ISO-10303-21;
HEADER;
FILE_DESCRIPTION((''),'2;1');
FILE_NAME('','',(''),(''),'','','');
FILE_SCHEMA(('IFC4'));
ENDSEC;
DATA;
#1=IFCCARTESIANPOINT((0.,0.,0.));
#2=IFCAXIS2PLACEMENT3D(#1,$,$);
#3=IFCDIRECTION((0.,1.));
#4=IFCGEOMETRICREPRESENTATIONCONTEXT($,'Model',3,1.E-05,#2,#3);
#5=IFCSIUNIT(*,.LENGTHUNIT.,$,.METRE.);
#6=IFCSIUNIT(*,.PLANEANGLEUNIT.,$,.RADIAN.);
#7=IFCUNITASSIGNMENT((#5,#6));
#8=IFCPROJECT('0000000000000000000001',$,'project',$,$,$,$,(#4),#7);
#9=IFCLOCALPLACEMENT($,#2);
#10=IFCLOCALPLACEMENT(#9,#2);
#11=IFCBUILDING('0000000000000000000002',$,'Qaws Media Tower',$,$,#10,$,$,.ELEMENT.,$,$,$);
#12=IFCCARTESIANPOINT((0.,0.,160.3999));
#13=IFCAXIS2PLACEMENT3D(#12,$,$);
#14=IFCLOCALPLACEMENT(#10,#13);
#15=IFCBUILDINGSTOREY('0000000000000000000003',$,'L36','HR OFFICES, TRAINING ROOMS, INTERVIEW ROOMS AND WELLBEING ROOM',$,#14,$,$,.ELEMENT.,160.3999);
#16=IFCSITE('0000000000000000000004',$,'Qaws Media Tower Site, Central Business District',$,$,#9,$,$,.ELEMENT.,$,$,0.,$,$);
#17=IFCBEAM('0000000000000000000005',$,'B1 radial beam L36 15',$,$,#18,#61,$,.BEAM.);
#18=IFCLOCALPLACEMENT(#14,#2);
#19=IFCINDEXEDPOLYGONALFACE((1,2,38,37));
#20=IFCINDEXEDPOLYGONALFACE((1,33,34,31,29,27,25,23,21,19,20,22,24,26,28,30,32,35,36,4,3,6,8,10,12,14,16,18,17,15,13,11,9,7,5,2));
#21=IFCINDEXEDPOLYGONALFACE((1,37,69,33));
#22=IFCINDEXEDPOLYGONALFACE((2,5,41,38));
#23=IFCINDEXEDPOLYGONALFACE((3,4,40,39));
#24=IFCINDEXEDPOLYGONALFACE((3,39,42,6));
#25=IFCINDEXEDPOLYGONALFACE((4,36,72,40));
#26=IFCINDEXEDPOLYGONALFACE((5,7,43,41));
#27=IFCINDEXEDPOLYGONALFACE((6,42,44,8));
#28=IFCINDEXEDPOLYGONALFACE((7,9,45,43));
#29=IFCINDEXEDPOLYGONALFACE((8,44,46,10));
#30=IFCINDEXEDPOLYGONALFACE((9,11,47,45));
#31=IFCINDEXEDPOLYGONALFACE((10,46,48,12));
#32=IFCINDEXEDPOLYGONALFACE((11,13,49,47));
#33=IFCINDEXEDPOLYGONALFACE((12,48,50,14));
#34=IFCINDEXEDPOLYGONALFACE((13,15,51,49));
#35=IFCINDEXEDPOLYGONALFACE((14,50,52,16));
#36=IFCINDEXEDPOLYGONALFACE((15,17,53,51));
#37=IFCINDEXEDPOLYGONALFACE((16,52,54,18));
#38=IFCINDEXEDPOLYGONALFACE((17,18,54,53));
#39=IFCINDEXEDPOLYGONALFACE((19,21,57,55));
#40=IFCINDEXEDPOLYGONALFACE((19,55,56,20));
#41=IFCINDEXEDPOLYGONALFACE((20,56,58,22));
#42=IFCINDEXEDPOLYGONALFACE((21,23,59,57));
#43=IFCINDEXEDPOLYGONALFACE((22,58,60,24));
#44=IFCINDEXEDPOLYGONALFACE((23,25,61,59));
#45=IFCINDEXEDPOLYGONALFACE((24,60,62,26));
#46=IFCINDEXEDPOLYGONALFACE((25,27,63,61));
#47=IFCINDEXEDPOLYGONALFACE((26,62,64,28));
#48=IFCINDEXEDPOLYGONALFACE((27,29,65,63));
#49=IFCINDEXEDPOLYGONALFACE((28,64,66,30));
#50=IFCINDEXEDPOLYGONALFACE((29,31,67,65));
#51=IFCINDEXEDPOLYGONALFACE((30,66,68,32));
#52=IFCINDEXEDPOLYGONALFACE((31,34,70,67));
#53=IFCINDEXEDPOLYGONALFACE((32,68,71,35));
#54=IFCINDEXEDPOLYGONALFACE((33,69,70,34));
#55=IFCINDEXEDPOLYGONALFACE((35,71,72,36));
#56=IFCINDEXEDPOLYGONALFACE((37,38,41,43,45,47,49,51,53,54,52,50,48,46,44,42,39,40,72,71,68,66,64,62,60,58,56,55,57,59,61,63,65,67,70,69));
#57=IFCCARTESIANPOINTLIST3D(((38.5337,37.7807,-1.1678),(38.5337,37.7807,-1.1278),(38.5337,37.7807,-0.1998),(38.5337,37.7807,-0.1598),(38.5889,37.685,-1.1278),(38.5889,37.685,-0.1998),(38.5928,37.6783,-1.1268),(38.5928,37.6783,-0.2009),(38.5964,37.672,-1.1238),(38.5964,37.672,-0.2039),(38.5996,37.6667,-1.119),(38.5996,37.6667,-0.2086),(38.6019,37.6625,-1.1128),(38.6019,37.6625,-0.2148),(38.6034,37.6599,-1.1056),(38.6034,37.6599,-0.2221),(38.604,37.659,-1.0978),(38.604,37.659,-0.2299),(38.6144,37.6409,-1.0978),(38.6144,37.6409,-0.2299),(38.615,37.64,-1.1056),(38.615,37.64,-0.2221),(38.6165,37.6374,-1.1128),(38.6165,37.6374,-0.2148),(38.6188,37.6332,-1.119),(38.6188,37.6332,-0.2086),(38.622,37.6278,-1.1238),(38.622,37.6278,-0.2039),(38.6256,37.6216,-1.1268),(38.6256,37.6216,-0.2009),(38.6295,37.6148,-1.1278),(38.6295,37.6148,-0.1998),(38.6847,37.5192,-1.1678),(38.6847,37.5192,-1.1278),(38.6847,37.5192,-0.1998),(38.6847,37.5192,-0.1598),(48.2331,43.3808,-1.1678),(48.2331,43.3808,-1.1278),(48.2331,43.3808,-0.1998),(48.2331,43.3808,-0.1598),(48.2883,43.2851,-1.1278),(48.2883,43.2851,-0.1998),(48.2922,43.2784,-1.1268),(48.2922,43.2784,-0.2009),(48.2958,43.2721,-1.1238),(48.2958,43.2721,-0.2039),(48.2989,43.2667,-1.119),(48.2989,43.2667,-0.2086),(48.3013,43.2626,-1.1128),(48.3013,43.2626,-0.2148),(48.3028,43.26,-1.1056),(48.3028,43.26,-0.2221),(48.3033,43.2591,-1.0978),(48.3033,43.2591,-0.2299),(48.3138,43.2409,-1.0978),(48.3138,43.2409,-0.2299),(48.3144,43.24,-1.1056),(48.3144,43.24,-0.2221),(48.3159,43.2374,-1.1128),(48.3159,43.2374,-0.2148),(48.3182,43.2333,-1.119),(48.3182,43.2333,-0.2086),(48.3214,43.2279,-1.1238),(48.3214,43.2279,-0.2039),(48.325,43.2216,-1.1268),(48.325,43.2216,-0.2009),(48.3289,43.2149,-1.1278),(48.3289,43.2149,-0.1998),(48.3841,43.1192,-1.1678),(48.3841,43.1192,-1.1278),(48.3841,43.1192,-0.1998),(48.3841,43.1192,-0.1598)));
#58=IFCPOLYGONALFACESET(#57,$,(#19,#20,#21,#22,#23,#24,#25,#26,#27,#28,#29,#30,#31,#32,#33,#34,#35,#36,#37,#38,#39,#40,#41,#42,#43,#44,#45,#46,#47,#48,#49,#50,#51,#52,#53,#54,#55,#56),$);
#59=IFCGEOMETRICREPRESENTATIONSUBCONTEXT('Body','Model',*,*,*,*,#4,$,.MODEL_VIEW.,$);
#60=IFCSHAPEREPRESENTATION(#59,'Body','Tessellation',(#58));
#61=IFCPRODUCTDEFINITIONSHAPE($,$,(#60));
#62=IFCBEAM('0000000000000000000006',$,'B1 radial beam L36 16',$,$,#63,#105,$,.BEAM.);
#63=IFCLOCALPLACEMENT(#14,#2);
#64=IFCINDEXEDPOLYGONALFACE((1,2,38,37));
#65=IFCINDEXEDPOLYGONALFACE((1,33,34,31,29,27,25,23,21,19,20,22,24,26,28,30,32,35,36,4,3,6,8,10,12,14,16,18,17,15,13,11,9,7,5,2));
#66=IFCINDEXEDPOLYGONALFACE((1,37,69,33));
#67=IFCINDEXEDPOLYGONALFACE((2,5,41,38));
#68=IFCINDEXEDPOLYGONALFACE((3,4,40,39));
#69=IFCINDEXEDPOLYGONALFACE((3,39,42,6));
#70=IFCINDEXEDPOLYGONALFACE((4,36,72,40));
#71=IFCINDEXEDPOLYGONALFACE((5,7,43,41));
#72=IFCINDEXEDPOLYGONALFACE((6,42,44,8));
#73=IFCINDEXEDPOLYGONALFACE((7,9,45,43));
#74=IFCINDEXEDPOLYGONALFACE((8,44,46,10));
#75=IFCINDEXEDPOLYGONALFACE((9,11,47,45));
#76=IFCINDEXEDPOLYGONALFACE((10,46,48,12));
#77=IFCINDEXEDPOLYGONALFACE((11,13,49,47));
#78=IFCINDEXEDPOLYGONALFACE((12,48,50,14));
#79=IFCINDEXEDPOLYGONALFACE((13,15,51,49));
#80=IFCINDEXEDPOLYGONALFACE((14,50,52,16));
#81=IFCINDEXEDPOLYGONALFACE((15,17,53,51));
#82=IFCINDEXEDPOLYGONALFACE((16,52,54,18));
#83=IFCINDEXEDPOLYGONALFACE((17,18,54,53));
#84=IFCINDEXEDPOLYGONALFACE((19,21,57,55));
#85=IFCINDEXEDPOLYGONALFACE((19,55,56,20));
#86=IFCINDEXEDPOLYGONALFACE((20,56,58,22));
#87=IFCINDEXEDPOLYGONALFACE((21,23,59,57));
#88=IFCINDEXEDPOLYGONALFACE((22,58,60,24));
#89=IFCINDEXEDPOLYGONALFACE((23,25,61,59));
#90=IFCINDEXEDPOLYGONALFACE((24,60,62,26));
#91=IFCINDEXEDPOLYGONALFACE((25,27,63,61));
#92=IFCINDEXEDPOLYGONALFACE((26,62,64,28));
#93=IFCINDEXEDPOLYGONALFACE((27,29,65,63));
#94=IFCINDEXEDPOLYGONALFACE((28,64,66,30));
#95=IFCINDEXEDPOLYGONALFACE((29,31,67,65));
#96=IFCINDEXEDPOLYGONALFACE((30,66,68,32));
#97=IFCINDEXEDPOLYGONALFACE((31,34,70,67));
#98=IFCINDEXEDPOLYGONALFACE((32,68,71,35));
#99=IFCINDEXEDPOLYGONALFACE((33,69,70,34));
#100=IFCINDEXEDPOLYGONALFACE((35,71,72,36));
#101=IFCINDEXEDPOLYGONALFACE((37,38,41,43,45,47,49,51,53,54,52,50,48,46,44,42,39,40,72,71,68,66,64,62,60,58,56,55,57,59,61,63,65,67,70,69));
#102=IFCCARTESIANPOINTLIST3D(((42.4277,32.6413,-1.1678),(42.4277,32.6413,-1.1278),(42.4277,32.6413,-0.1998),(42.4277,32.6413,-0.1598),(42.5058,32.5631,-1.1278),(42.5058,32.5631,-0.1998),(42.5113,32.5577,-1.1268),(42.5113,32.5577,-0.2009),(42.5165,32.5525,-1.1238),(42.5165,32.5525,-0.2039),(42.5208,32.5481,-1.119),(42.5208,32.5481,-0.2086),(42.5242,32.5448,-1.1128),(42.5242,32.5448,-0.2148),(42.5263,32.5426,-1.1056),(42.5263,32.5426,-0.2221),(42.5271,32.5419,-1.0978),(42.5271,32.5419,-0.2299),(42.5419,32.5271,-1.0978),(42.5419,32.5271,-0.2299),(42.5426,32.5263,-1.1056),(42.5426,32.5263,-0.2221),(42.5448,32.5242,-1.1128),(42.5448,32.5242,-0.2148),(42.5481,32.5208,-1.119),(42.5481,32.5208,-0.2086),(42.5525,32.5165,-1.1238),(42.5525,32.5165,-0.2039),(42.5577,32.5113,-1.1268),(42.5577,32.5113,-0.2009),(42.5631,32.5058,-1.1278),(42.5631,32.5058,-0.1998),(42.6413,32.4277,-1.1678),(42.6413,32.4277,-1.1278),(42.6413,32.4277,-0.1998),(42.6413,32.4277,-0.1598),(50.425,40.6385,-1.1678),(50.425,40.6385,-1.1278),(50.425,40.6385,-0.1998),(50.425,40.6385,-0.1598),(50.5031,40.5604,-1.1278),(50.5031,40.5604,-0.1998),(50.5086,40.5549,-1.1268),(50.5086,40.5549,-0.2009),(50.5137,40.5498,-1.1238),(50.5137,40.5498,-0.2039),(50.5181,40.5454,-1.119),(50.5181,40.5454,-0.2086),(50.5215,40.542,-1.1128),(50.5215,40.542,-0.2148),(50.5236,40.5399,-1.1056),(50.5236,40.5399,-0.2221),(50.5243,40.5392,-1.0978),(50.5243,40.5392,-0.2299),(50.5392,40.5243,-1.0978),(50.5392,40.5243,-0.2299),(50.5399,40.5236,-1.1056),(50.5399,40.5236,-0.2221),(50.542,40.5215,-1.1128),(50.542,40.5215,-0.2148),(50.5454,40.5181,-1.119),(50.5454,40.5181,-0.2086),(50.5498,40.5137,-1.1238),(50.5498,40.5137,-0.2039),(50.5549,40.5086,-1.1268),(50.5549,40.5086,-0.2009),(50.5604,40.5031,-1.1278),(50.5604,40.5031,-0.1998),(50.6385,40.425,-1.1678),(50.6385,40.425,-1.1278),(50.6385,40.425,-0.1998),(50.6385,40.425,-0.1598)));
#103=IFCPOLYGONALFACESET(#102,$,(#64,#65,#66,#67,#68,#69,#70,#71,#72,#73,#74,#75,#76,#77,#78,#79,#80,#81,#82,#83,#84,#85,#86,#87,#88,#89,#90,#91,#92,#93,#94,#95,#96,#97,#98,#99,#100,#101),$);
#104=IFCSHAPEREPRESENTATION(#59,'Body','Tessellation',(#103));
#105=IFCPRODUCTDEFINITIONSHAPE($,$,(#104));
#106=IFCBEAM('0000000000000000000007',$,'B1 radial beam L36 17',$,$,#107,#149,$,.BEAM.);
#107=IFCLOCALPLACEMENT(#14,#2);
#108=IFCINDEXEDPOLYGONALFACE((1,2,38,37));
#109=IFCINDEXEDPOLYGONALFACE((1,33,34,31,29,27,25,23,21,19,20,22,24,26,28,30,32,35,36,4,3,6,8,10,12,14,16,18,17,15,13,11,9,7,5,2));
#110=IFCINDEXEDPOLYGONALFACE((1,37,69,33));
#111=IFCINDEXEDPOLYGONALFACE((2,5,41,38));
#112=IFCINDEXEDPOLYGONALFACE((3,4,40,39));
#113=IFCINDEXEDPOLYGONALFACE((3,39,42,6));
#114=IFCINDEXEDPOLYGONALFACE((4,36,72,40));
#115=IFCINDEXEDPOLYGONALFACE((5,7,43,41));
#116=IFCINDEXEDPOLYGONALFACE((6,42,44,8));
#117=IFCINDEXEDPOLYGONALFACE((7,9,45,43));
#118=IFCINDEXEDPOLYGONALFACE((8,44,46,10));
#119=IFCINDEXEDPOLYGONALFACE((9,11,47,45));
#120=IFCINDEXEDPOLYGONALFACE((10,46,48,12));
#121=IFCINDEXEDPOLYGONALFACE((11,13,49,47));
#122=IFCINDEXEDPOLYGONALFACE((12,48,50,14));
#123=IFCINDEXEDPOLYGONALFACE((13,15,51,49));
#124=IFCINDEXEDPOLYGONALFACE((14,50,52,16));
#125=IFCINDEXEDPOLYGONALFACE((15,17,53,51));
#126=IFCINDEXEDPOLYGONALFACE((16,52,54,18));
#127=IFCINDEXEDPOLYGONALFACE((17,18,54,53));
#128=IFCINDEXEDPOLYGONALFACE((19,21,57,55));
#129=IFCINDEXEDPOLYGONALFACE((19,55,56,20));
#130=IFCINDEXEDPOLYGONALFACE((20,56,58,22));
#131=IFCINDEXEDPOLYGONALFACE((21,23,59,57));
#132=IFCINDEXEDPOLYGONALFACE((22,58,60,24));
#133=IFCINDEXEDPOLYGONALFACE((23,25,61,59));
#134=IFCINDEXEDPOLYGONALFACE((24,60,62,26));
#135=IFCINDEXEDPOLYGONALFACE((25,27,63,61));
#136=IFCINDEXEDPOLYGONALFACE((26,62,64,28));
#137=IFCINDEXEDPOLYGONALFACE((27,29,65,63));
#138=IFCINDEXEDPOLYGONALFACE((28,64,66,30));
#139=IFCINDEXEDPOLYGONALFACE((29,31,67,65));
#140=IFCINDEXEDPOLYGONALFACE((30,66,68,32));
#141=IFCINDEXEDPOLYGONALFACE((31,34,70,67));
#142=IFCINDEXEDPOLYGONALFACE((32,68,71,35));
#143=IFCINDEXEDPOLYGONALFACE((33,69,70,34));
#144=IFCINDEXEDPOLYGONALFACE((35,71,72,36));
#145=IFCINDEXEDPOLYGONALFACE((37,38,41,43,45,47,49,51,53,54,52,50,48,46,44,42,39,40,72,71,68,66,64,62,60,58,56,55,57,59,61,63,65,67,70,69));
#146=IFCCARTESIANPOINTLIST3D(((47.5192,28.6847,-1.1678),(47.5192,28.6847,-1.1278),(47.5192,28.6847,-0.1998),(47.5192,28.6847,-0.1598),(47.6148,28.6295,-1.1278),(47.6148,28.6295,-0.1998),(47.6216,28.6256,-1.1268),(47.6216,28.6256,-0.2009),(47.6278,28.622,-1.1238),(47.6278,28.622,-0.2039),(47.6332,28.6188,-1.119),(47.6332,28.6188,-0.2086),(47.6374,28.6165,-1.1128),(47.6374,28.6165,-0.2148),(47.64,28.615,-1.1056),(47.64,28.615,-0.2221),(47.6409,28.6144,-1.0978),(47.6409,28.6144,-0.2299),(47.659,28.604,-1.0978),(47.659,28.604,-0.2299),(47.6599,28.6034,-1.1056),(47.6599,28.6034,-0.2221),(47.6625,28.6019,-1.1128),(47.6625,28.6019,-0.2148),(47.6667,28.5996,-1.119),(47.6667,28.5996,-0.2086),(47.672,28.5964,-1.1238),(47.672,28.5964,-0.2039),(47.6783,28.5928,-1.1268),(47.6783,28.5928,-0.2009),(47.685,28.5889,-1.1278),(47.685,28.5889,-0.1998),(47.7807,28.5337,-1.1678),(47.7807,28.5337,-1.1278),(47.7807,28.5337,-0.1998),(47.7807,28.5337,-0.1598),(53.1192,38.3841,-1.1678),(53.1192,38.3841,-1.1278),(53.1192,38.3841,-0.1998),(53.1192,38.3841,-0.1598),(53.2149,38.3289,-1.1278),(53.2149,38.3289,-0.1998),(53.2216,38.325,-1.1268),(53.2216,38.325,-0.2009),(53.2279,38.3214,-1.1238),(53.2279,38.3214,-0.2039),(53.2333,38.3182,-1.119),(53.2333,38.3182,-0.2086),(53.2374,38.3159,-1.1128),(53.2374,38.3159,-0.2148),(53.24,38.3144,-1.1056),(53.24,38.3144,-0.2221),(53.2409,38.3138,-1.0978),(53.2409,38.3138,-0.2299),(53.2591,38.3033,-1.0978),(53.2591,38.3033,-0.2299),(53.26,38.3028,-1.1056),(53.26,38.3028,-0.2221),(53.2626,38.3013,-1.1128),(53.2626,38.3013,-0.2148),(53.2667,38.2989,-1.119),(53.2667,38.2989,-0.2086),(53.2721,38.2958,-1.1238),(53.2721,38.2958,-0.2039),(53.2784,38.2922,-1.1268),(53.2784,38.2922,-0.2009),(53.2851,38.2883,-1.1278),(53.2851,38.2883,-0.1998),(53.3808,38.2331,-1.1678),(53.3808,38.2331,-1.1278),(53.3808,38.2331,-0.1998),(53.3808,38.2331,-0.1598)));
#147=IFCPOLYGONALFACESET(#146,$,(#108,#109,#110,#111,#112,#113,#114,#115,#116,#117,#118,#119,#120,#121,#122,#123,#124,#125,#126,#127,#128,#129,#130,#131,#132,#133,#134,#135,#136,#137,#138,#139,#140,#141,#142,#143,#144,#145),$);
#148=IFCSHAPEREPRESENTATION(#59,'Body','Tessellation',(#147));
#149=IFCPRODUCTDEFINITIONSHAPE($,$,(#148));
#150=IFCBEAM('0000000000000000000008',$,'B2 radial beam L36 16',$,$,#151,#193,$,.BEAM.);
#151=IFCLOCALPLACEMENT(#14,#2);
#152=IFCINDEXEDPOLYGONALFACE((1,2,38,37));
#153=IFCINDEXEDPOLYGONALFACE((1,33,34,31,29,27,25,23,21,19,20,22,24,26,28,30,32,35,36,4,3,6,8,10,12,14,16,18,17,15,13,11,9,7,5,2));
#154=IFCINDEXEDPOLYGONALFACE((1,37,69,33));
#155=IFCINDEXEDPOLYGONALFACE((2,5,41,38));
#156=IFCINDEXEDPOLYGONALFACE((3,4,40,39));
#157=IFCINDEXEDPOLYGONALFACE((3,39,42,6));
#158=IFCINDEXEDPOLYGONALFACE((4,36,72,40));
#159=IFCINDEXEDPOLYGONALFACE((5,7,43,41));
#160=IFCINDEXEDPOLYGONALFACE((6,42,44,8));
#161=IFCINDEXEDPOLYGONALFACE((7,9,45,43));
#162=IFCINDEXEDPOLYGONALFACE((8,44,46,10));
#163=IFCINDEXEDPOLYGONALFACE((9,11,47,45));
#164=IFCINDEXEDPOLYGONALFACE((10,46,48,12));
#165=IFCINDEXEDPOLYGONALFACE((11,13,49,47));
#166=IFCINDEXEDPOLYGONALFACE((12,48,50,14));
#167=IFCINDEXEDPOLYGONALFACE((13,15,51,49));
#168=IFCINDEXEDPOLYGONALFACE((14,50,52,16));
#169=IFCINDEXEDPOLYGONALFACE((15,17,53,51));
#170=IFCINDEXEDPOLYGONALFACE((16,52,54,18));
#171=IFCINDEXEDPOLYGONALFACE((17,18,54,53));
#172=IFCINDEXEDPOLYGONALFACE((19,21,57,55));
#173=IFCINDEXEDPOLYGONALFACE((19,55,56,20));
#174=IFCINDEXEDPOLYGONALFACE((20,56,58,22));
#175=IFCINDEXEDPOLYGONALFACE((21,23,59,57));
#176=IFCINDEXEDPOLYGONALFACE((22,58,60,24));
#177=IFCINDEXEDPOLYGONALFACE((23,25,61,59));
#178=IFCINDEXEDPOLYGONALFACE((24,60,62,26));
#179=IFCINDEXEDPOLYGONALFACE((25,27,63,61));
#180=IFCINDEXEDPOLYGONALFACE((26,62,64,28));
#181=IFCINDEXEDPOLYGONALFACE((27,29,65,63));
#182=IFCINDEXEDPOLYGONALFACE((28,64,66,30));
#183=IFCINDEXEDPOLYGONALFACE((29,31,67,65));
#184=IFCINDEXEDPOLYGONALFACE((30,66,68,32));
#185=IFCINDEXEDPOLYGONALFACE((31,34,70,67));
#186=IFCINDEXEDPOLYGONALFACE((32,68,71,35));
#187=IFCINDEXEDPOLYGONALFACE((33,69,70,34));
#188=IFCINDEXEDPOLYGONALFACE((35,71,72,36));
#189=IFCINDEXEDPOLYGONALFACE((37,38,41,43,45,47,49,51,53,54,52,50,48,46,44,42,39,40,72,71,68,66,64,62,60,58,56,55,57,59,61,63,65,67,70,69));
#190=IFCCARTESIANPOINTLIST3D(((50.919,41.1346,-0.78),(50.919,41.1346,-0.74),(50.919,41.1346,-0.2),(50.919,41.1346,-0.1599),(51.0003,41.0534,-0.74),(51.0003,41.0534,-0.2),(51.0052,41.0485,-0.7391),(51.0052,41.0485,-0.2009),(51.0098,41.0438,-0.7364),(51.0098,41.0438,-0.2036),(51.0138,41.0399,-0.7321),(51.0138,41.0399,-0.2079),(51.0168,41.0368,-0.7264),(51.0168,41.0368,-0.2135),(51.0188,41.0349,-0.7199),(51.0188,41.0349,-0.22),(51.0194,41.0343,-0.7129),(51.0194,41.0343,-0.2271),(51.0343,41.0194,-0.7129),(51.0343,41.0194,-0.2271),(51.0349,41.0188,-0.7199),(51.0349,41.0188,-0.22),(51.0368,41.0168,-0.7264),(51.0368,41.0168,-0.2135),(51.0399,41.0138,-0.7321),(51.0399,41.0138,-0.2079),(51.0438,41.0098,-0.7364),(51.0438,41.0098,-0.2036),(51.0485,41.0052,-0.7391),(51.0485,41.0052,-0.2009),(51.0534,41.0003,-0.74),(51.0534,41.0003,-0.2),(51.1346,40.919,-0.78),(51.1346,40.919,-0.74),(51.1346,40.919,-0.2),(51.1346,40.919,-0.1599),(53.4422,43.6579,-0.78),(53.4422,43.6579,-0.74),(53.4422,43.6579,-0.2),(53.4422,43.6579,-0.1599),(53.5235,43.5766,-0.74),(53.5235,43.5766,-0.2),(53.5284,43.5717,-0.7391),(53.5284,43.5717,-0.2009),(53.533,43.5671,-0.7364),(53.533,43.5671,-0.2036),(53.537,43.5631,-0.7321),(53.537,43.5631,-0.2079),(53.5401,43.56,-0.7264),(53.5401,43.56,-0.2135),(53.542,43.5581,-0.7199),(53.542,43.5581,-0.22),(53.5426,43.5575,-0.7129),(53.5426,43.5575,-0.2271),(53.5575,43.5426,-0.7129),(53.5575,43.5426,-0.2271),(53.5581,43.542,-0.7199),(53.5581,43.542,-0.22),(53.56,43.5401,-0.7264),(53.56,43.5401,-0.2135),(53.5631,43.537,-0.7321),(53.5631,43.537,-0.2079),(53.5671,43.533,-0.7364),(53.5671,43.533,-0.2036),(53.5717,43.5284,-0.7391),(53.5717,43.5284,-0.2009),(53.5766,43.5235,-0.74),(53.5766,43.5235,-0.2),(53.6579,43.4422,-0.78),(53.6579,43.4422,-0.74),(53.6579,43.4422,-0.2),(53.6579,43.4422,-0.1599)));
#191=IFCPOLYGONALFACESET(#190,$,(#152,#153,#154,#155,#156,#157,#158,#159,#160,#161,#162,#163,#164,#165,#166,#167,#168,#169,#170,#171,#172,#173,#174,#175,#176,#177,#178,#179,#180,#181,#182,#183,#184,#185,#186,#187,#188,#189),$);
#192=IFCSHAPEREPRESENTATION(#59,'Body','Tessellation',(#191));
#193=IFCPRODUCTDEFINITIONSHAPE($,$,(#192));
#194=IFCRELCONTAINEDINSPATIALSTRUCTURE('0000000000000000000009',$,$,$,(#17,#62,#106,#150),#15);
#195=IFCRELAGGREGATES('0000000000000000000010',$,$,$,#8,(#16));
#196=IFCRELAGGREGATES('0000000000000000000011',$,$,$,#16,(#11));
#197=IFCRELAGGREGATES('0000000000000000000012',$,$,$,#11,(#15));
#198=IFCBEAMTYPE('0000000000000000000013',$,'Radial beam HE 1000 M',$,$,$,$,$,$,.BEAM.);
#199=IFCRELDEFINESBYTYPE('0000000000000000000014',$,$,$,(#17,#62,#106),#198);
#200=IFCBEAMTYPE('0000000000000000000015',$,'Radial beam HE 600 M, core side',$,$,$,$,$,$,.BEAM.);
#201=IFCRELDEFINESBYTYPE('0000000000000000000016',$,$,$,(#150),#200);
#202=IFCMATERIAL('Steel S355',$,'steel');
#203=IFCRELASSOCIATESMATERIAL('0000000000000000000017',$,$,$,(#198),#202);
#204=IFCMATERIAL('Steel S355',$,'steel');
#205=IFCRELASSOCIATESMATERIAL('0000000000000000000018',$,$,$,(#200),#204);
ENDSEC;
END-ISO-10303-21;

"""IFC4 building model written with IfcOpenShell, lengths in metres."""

from ifc_helpers import new_model, si_unit, direction, frame, origin, origin_2d, place, context, subcontext, project, spatial, i_section, extrude, material, material_profile, profile_set, type_object, element, save


model = new_model("IFC4")

# Units and contexts
model_context = context("Model", 3, precision=1e-05, world=origin(), true_north=direction((0.0, 1.0)))
body_context = subcontext(model_context, "Body", "Model", "MODEL_VIEW")
ifc_project = project(units=[si_unit("LENGTHUNIT", "METRE"), si_unit("PLANEANGLEUNIT", "RADIAN")], contexts=[model_context])

# Site, building, storey
site_placement = place(None, origin())
site = spatial("IfcSite", under=ifc_project, at=site_placement, Name="Qaws Media Tower Site, Central Business District", CompositionType="ELEMENT", RefElevation=0.0)
building_placement = place(site_placement, origin())
building = spatial("IfcBuilding", under=site, at=building_placement, Name="Qaws Media Tower", CompositionType="ELEMENT")
storey_placement = place(building_placement, frame((0.0, 0.0, 160.3999)))
storey = spatial("IfcBuildingStorey", under=building, at=storey_placement, Name="L36", Description="HR OFFICES, TRAINING ROOMS, INTERVIEW ROOMS AND WELLBEING ROOM", CompositionType="ELEMENT", Elevation=160.3999)

# Beams
ifc_material_1 = material(Name="Steel S355", Category="steel")
ifc_material_profile_1 = material_profile(ifc_material_1, i_section(OverallWidth=0.302, OverallDepth=1.0081, WebThickness=0.021, FlangeThickness=0.04, FilletRadius=0.03, at=origin_2d()), Name="HE 1000 M")
ifc_profile_set_1 = profile_set([ifc_material_profile_1], Name="Steel S355")
beam_type_1 = type_object("IfcBeamType", Name="Radial beam HE 1000 M", PredefinedType="BEAM", material=ifc_profile_set_1)
beam_1_placement = place(storey_placement, frame((48.3086, 43.25, -0.6638), z_axis=(-0.866021, -0.500007, 0.0), x_axis=(0.500007, -0.866021, 0.0)))
element("IfcBeam", 1, at=beam_1_placement, inside=storey, type_object=beam_type_1, Name="B1 radial beam L36 15", PredefinedType="BEAM", context=body_context, shape_type="SweptSolid", body=[
    extrude(i_section(OverallWidth=0.302, OverallDepth=1.0081, WebThickness=0.021, FlangeThickness=0.04, FilletRadius=0.03, at=origin_2d()), origin(), (0.0, 0.0, 1.0), 11.2),
])
beam_2_placement = place(storey_placement, frame((50.5317, 40.5317, -0.6638), z_axis=(-0.707107, -0.707107, 0.0), x_axis=(0.707107, -0.707107, 0.0)))
element("IfcBeam", 2, at=beam_2_placement, inside=storey, type_object=beam_type_1, Name="B1 radial beam L36 16", PredefinedType="BEAM", context=body_context, shape_type="SweptSolid", body=[
    extrude(i_section(OverallWidth=0.302, OverallDepth=1.0081, WebThickness=0.021, FlangeThickness=0.04, FilletRadius=0.03, at=origin_2d()), origin(), (0.0, 0.0, 1.0), 11.3098),
])
beam_3_placement = place(storey_placement, frame((53.25, 38.3086, -0.6638), z_axis=(-0.500007, -0.866021, 0.0), x_axis=(0.866021, -0.500007, 0.0)))
element("IfcBeam", 3, at=beam_3_placement, inside=storey, type_object=beam_type_1, Name="B1 radial beam L36 17", PredefinedType="BEAM", context=body_context, shape_type="SweptSolid", body=[
    extrude(i_section(OverallWidth=0.302, OverallDepth=1.0081, WebThickness=0.021, FlangeThickness=0.04, FilletRadius=0.03, at=origin_2d()), origin(), (0.0, 0.0, 1.0), 11.2),
])
ifc_material_2 = material(Name="Steel S355", Category="steel")
ifc_material_profile_2 = material_profile(ifc_material_2, i_section(OverallWidth=0.3049, OverallDepth=0.6201, WebThickness=0.021, FlangeThickness=0.04, FilletRadius=0.0271, at=origin_2d()), Name="HE 600 M")
ifc_profile_set_2 = profile_set([ifc_material_profile_2], Name="Steel S355")
beam_type_2 = type_object("IfcBeamType", Name="Radial beam HE 600 M, core side", PredefinedType="BEAM", material=ifc_profile_set_2)
beam_4_placement = place(storey_placement, frame((53.55, 43.55, -0.47), z_axis=(-0.707107, -0.707107, 0.0), x_axis=(0.707107, -0.707107, 0.0)))
element("IfcBeam", 4, at=beam_4_placement, inside=storey, type_object=beam_type_2, Name="B2 radial beam L36 16", PredefinedType="BEAM", context=body_context, shape_type="SweptSolid", body=[
    extrude(i_section(OverallWidth=0.3049, OverallDepth=0.6201, WebThickness=0.021, FlangeThickness=0.04, FilletRadius=0.0271, at=origin_2d()), origin(), (0.0, 0.0, 1.0), 3.5684),
])

save(model, "model.ifc")
